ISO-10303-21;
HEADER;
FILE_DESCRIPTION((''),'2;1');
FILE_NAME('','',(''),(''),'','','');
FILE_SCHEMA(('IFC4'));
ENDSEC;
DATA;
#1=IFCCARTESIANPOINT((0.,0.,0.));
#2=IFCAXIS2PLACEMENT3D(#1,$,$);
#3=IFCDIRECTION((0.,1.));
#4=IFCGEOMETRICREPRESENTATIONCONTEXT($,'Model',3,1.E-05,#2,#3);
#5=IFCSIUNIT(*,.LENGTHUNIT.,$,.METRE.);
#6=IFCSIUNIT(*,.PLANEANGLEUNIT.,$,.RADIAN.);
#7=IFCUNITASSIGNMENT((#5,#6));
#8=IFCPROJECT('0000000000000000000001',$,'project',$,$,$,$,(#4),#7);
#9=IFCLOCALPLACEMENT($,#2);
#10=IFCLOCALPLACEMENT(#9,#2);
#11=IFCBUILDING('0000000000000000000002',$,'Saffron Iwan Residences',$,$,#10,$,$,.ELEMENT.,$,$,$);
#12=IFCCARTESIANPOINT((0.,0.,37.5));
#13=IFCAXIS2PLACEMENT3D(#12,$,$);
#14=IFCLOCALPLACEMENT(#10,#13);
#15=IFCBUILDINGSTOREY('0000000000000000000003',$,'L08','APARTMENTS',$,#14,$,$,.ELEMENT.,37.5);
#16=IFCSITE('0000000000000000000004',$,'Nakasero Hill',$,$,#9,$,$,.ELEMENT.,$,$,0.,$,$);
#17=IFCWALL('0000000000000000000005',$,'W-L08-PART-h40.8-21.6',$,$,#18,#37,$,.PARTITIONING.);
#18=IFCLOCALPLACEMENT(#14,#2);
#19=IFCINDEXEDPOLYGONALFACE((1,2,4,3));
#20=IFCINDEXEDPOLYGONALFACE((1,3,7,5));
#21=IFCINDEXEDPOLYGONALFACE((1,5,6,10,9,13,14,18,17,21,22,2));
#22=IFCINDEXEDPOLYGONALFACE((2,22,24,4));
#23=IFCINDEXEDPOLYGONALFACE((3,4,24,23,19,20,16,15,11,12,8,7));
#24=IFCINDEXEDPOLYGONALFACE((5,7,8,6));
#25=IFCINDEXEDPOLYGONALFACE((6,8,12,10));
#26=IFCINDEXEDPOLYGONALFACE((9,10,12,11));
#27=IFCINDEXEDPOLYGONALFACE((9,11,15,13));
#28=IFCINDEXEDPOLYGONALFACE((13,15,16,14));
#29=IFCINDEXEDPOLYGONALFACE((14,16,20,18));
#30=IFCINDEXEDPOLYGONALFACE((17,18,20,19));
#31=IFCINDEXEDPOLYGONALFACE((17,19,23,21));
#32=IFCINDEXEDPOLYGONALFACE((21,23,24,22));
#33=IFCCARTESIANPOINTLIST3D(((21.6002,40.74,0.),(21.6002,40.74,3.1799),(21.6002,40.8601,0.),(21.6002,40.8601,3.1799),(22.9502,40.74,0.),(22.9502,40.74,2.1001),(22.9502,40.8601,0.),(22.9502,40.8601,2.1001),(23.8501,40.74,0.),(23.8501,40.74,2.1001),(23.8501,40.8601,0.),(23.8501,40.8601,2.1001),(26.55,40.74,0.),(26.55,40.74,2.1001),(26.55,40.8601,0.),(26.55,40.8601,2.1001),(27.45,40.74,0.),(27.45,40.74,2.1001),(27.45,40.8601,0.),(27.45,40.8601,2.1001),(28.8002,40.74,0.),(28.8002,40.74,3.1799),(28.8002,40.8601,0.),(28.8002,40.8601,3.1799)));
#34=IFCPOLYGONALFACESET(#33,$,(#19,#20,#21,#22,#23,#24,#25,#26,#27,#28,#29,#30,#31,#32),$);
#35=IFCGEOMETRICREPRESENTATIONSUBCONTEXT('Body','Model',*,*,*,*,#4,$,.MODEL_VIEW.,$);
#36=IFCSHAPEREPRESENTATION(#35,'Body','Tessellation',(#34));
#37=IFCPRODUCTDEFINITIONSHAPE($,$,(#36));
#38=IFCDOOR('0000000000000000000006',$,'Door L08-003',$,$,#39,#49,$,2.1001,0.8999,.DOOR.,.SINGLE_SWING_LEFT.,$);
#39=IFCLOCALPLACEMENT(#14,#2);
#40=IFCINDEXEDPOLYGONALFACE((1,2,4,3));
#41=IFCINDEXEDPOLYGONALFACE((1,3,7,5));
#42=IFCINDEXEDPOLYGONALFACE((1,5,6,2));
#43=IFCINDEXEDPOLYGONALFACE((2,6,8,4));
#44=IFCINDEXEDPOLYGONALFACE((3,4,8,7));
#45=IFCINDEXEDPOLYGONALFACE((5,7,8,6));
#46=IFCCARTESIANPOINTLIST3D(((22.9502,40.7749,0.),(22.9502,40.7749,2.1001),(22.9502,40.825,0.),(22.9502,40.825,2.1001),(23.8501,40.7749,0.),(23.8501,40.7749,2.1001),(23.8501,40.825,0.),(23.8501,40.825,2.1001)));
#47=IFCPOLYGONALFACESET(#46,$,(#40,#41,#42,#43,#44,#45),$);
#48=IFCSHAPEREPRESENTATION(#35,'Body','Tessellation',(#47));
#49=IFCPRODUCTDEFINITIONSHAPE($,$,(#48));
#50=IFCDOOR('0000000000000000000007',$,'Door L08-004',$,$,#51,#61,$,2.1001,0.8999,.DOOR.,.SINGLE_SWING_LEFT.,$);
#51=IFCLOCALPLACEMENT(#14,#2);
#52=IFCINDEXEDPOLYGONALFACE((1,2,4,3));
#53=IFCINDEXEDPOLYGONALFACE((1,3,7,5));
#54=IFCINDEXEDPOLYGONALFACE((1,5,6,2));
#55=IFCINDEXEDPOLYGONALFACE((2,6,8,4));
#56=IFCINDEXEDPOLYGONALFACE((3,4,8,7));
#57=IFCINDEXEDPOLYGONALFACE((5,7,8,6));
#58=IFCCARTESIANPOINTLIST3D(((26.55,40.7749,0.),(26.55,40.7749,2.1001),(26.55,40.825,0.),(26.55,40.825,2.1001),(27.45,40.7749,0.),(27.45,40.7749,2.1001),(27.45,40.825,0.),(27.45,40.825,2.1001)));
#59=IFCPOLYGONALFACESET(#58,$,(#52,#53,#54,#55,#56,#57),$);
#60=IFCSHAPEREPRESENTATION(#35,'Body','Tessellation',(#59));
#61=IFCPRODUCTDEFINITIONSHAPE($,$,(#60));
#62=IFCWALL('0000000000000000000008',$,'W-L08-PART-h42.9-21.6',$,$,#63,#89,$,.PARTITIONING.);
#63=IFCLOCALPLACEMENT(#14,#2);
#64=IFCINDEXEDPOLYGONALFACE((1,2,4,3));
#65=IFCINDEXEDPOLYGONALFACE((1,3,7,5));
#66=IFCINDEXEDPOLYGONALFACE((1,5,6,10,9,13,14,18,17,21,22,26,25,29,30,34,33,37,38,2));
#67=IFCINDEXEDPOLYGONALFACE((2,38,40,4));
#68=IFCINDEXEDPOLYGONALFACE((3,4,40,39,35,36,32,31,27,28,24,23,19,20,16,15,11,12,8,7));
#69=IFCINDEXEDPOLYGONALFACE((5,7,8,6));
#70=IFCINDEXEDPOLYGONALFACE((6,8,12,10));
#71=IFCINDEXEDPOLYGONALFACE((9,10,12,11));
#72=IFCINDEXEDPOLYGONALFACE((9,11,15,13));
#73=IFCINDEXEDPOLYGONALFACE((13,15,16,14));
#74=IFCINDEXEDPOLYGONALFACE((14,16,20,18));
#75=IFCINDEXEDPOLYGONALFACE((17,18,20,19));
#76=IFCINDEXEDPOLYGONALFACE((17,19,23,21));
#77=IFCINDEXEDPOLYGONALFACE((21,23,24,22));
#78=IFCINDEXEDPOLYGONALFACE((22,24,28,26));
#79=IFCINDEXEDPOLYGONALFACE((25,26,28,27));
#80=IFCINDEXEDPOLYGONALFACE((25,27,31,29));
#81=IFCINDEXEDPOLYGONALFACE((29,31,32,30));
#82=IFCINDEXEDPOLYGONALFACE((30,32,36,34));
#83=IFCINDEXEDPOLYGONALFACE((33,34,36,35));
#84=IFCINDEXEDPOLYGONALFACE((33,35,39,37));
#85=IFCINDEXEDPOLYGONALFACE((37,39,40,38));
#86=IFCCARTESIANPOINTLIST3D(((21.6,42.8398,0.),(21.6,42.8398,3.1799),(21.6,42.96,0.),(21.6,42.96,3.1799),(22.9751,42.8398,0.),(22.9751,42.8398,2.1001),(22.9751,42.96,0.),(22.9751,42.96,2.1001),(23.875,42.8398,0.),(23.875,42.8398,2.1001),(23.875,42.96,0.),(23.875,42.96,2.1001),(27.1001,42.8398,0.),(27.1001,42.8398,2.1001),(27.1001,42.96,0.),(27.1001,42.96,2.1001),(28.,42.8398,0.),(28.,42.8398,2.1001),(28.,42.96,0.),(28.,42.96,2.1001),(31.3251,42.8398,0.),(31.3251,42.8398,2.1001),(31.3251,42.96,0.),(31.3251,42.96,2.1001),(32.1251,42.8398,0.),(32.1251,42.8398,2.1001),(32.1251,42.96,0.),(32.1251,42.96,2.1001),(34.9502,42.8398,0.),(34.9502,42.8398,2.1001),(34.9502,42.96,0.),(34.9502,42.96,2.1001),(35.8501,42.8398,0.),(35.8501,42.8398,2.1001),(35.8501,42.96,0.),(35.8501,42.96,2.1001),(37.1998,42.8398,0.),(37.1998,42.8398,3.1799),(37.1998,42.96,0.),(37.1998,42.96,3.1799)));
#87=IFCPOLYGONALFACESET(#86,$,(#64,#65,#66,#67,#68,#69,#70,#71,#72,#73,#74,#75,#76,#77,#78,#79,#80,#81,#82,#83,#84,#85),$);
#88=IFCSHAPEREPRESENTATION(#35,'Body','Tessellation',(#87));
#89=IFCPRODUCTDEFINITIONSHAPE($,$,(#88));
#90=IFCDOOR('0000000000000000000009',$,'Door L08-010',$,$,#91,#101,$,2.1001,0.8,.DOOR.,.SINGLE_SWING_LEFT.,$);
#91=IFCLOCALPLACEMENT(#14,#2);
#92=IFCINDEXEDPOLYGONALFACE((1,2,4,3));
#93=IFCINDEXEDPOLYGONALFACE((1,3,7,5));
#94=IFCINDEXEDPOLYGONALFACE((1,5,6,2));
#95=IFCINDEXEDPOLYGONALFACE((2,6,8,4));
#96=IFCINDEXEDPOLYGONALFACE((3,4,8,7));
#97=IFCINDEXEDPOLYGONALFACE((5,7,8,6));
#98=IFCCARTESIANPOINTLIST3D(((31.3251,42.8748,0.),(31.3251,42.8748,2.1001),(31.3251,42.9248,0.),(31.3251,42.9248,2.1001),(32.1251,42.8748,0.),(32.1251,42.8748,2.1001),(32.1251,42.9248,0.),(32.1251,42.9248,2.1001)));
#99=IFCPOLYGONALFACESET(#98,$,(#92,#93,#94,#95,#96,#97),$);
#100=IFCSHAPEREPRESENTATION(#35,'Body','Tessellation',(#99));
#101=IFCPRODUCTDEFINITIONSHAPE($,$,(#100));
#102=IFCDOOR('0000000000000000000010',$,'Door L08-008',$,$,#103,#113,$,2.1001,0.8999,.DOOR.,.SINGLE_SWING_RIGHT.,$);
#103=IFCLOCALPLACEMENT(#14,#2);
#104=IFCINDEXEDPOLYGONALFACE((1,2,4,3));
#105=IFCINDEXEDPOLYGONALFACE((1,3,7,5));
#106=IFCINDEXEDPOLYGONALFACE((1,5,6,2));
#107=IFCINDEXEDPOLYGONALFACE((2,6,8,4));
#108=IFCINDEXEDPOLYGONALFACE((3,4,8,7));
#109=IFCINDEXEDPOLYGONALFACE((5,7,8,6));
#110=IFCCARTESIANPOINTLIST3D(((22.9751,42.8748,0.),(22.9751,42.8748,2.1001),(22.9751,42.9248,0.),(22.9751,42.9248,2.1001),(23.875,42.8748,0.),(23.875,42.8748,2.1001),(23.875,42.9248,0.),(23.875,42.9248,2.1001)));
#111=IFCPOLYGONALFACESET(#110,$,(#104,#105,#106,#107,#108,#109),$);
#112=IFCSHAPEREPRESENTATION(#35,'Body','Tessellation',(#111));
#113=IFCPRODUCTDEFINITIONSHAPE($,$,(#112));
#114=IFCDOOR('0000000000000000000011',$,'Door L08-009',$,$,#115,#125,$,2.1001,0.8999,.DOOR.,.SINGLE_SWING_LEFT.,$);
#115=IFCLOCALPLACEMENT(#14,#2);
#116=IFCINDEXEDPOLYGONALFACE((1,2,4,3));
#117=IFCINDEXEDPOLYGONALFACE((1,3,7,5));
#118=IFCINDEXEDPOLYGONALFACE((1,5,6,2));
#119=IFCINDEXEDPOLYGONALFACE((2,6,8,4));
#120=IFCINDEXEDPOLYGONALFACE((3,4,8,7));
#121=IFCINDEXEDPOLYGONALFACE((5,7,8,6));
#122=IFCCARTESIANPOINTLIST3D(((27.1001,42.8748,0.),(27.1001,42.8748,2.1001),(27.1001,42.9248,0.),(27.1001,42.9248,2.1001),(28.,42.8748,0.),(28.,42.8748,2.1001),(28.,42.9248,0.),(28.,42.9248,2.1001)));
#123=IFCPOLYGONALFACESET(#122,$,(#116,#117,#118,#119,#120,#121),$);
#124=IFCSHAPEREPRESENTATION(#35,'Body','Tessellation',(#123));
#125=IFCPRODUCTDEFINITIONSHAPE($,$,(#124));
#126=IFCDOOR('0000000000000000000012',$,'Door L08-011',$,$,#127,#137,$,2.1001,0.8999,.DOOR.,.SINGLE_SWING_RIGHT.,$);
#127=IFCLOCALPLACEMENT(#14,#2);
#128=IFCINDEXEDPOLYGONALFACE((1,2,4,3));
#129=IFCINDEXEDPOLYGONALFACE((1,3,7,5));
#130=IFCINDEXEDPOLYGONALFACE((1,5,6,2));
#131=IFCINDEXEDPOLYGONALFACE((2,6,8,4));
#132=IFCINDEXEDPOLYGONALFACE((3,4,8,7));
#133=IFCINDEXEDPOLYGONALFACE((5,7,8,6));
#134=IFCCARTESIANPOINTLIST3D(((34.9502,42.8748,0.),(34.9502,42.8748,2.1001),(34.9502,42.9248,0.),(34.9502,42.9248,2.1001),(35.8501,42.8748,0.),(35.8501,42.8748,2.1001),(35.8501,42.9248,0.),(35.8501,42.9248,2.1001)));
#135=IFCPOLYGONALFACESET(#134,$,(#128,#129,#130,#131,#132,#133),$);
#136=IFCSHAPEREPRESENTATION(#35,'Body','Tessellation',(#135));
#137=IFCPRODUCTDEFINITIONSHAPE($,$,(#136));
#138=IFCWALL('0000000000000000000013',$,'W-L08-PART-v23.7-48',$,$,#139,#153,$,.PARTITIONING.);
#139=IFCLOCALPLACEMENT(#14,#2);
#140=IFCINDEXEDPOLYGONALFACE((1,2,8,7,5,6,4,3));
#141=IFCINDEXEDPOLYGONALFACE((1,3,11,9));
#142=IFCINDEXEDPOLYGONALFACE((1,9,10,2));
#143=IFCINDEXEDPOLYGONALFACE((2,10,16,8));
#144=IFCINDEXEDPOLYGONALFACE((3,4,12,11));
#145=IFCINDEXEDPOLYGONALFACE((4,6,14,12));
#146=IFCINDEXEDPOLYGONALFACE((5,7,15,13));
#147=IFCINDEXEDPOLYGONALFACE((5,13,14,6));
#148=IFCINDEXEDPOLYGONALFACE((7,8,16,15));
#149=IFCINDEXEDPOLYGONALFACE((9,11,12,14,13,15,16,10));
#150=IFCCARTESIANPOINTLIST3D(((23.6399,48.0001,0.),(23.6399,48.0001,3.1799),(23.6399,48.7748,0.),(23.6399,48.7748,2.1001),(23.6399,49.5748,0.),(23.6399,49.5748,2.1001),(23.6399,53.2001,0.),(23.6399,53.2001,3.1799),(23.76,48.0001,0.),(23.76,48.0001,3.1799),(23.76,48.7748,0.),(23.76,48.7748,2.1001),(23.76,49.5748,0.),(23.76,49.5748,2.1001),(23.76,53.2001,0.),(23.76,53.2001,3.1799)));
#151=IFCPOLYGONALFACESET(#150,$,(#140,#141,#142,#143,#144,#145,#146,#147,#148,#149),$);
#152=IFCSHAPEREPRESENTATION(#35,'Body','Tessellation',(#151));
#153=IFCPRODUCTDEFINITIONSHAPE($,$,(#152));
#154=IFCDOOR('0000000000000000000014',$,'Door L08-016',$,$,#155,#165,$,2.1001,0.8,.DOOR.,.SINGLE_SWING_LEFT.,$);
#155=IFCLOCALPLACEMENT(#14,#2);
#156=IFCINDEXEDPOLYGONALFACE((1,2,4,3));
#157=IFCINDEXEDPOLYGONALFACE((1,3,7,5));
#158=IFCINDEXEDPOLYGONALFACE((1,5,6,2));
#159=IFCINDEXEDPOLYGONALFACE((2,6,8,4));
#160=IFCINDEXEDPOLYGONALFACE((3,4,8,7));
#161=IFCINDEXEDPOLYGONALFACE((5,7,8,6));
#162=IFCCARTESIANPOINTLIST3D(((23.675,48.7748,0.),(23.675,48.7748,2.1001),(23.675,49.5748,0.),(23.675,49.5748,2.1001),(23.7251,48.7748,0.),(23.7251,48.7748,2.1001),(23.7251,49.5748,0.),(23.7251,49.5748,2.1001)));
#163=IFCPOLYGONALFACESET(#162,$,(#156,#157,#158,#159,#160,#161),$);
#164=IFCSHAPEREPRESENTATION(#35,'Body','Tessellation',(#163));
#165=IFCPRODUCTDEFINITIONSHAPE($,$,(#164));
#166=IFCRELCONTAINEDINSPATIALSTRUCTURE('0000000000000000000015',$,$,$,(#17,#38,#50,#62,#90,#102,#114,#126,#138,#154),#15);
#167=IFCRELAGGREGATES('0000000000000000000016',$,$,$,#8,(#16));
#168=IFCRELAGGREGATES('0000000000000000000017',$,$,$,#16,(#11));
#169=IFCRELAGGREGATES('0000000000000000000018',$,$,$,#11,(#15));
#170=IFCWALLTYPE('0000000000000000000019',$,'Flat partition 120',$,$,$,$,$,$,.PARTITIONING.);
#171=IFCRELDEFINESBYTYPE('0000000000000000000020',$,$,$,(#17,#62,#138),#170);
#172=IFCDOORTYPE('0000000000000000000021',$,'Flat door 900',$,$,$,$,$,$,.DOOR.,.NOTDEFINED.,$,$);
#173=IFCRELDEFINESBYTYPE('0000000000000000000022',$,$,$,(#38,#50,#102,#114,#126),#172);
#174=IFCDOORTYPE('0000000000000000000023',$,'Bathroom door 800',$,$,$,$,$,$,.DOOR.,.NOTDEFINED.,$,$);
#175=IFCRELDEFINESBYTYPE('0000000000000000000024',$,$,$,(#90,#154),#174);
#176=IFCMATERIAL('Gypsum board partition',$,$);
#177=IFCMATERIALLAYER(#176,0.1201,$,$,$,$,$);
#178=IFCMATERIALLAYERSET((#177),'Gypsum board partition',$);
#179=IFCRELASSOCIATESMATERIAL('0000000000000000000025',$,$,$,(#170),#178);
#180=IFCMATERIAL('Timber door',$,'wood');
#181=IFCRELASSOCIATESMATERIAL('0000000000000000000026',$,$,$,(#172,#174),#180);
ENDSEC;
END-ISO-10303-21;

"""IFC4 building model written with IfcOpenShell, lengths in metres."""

from ifc_helpers import new_model, si_unit, direction, frame, frame_2d, origin, place, context, subcontext, project, spatial, rectangle, extrude, material, layer, layer_set, type_object, element, fill, save


model = new_model("IFC4")

# Units and contexts
model_context = context("Model", 3, precision=1e-05, world=origin(), true_north=direction((0.0, 1.0)))
body_context = subcontext(model_context, "Body", "Model", "MODEL_VIEW")
ifc_project = project(units=[si_unit("LENGTHUNIT", "METRE"), si_unit("PLANEANGLEUNIT", "RADIAN")], contexts=[model_context])

# Site, building, storey
site_placement = place(None, origin())
site = spatial("IfcSite", under=ifc_project, at=site_placement, Name="Nakasero Hill", CompositionType="ELEMENT", RefElevation=0.0)
building_placement = place(site_placement, origin())
building = spatial("IfcBuilding", under=site, at=building_placement, Name="Saffron Iwan Residences", CompositionType="ELEMENT")
storey_placement = place(building_placement, frame((0.0, 0.0, 37.5)))
storey = spatial("IfcBuildingStorey", under=building, at=storey_placement, Name="L08", Description="APARTMENTS", CompositionType="ELEMENT", Elevation=37.5)

# Walls, openings, doors
ifc_material_1 = material(Name="Gypsum board partition")
ifc_layer_1 = layer(ifc_material_1, 0.1201)
ifc_layer_set_1 = layer_set([ifc_layer_1], Name="Gypsum board partition")
wall_type_1 = type_object("IfcWallType", Name="Flat partition 120", PredefinedType="PARTITIONING", material=ifc_layer_set_1)
wall_1_placement = place(storey_placement, frame((21.6001, 40.8, 0.0), z_axis=(0.0, 0.0, 1.0), x_axis=(1.0, 0.0, 0.0)))
wall_1 = element("IfcWall", 1, at=wall_1_placement, inside=storey, type_object=wall_type_1, Name="W-L08-PART-h40.8-21.6", PredefinedType="PARTITIONING", context=body_context, shape_type="SweptSolid", body=[
    extrude(rectangle(XDim=7.2, YDim=0.1201, at=frame_2d((3.6001, 0.0))), origin(), (0.0, 0.0, 1.0), 3.1799),
])
opening_1_placement = place(wall_1_placement, frame((1.3501, 0.0, 0.0)))
opening_1 = element("IfcOpeningElement", 2, at=opening_1_placement, cuts=wall_1, PredefinedType="OPENING", context=body_context, shape_type="SweptSolid", body=[
    extrude(rectangle(XDim=0.8999, YDim=2.1001, at=frame_2d((0.45, 1.05))), frame((0.0, 0.0701, 0.0), z_axis=(0.0, -1.0, 0.0), x_axis=(1.0, 0.0, 0.0)), (0.0, 0.0, 1.0), 0.1401),
])
opening_2_placement = place(wall_1_placement, frame((4.95, 0.0, 0.0)))
opening_2 = element("IfcOpeningElement", 3, at=opening_2_placement, cuts=wall_1, PredefinedType="OPENING", context=body_context, shape_type="SweptSolid", body=[
    extrude(rectangle(XDim=0.8999, YDim=2.1001, at=frame_2d((0.45, 1.05))), frame((0.0, 0.0701, 0.0), z_axis=(0.0, -1.0, 0.0), x_axis=(1.0, 0.0, 0.0)), (0.0, 0.0, 1.0), 0.1401),
])
ifc_material_2 = material(Name="Timber door", Category="wood")
door_type_1 = type_object("IfcDoorType", Name="Flat door 900", OperationType="NOTDEFINED", PredefinedType="DOOR", material=ifc_material_2)
door_1_placement = place(opening_1_placement, origin())
door_1 = element("IfcDoor", 4, at=door_1_placement, inside=storey, type_object=door_type_1, Name="Door L08-003", OperationType="SINGLE_SWING_LEFT", OverallHeight=2.1001, OverallWidth=0.8999, PredefinedType="DOOR", context=body_context, shape_type="SweptSolid", body=[
    extrude(rectangle(XDim=0.8999, YDim=2.1001, at=frame_2d((0.45, 1.05))), frame((0.0, 0.0249, 0.0), z_axis=(0.0, -1.0, 0.0), x_axis=(1.0, 0.0, 0.0)), (0.0, 0.0, 1.0), 0.05),
])
fill(opening_1, door_1)
door_2_placement = place(opening_2_placement, origin())
door_2 = element("IfcDoor", 5, at=door_2_placement, inside=storey, type_object=door_type_1, Name="Door L08-004", OperationType="SINGLE_SWING_LEFT", OverallHeight=2.1001, OverallWidth=0.8999, PredefinedType="DOOR", context=body_context, shape_type="SweptSolid", body=[
    extrude(rectangle(XDim=0.8999, YDim=2.1001, at=frame_2d((0.45, 1.05))), frame((0.0, 0.0249, 0.0), z_axis=(0.0, -1.0, 0.0), x_axis=(1.0, 0.0, 0.0)), (0.0, 0.0, 1.0), 0.05),
])
fill(opening_2, door_2)
wall_2_placement = place(storey_placement, frame((21.6001, 42.8999, 0.0), z_axis=(0.0, 0.0, 1.0), x_axis=(1.0, 0.0, 0.0)))
wall_2 = element("IfcWall", 6, at=wall_2_placement, inside=storey, type_object=wall_type_1, Name="W-L08-PART-h42.9-21.6", PredefinedType="PARTITIONING", context=body_context, shape_type="SweptSolid", body=[
    extrude(rectangle(XDim=15.5999, YDim=0.1201, at=frame_2d((7.7998, 0.0))), origin(), (0.0, 0.0, 1.0), 3.1799),
])
opening_3_placement = place(wall_2_placement, frame((1.375, 0.0, 0.0)))
opening_3 = element("IfcOpeningElement", 7, at=opening_3_placement, cuts=wall_2, PredefinedType="OPENING", context=body_context, shape_type="SweptSolid", body=[
    extrude(rectangle(XDim=0.8999, YDim=2.1001, at=frame_2d((0.45, 1.05))), frame((0.0, 0.0701, 0.0), z_axis=(0.0, -1.0, 0.0), x_axis=(1.0, 0.0, 0.0)), (0.0, 0.0, 1.0), 0.1401),
])
opening_4_placement = place(wall_2_placement, frame((5.5, 0.0, 0.0)))
opening_4 = element("IfcOpeningElement", 8, at=opening_4_placement, cuts=wall_2, PredefinedType="OPENING", context=body_context, shape_type="SweptSolid", body=[
    extrude(rectangle(XDim=0.8999, YDim=2.1001, at=frame_2d((0.45, 1.05))), frame((0.0, 0.0701, 0.0), z_axis=(0.0, -1.0, 0.0), x_axis=(1.0, 0.0, 0.0)), (0.0, 0.0, 1.0), 0.1401),
])
opening_5_placement = place(wall_2_placement, frame((9.7251, 0.0, 0.0)))
opening_5 = element("IfcOpeningElement", 9, at=opening_5_placement, cuts=wall_2, PredefinedType="OPENING", context=body_context, shape_type="SweptSolid", body=[
    extrude(rectangle(XDim=0.8, YDim=2.1001, at=frame_2d((0.3999, 1.05))), frame((0.0, 0.0701, 0.0), z_axis=(0.0, -1.0, 0.0), x_axis=(1.0, 0.0, 0.0)), (0.0, 0.0, 1.0), 0.1401),
])
opening_6_placement = place(wall_2_placement, frame((13.3501, 0.0, 0.0)))
opening_6 = element("IfcOpeningElement", 10, at=opening_6_placement, cuts=wall_2, PredefinedType="OPENING", context=body_context, shape_type="SweptSolid", body=[
    extrude(rectangle(XDim=0.8999, YDim=2.1001, at=frame_2d((0.45, 1.05))), frame((0.0, 0.0701, 0.0), z_axis=(0.0, -1.0, 0.0), x_axis=(1.0, 0.0, 0.0)), (0.0, 0.0, 1.0), 0.1401),
])
door_type_2 = type_object("IfcDoorType", Name="Bathroom door 800", OperationType="NOTDEFINED", PredefinedType="DOOR", material=ifc_material_2)
door_3_placement = place(opening_5_placement, origin())
door_3 = element("IfcDoor", 11, at=door_3_placement, inside=storey, type_object=door_type_2, Name="Door L08-010", OperationType="SINGLE_SWING_LEFT", OverallHeight=2.1001, OverallWidth=0.8, PredefinedType="DOOR", context=body_context, shape_type="SweptSolid", body=[
    extrude(rectangle(XDim=0.8, YDim=2.1001, at=frame_2d((0.3999, 1.05))), frame((0.0, 0.0249, 0.0), z_axis=(0.0, -1.0, 0.0), x_axis=(1.0, 0.0, 0.0)), (0.0, 0.0, 1.0), 0.05),
])
fill(opening_5, door_3)
door_4_placement = place(opening_3_placement, origin())
door_4 = element("IfcDoor", 12, at=door_4_placement, inside=storey, type_object=door_type_1, Name="Door L08-008", OperationType="SINGLE_SWING_RIGHT", OverallHeight=2.1001, OverallWidth=0.8999, PredefinedType="DOOR", context=body_context, shape_type="SweptSolid", body=[
    extrude(rectangle(XDim=0.8999, YDim=2.1001, at=frame_2d((0.45, 1.05))), frame((0.0, 0.0249, 0.0), z_axis=(0.0, -1.0, 0.0), x_axis=(1.0, 0.0, 0.0)), (0.0, 0.0, 1.0), 0.05),
])
fill(opening_3, door_4)
door_5_placement = place(opening_4_placement, origin())
door_5 = element("IfcDoor", 13, at=door_5_placement, inside=storey, type_object=door_type_1, Name="Door L08-009", OperationType="SINGLE_SWING_LEFT", OverallHeight=2.1001, OverallWidth=0.8999, PredefinedType="DOOR", context=body_context, shape_type="SweptSolid", body=[
    extrude(rectangle(XDim=0.8999, YDim=2.1001, at=frame_2d((0.45, 1.05))), frame((0.0, 0.0249, 0.0), z_axis=(0.0, -1.0, 0.0), x_axis=(1.0, 0.0, 0.0)), (0.0, 0.0, 1.0), 0.05),
])
fill(opening_4, door_5)
door_6_placement = place(opening_6_placement, origin())
door_6 = element("IfcDoor", 14, at=door_6_placement, inside=storey, type_object=door_type_1, Name="Door L08-011", OperationType="SINGLE_SWING_RIGHT", OverallHeight=2.1001, OverallWidth=0.8999, PredefinedType="DOOR", context=body_context, shape_type="SweptSolid", body=[
    extrude(rectangle(XDim=0.8999, YDim=2.1001, at=frame_2d((0.45, 1.05))), frame((0.0, 0.0249, 0.0), z_axis=(0.0, -1.0, 0.0), x_axis=(1.0, 0.0, 0.0)), (0.0, 0.0, 1.0), 0.05),
])
fill(opening_6, door_6)

# Wall, opening, door
wall_3_placement = place(storey_placement, frame((23.7, 48.0, 0.0), z_axis=(0.0, 0.0, 1.0), x_axis=(0.0, 1.0, 0.0)))
wall_3 = element("IfcWall", 15, at=wall_3_placement, inside=storey, type_object=wall_type_1, Name="W-L08-PART-v23.7-48", PredefinedType="PARTITIONING", context=body_context, shape_type="SweptSolid", body=[
    extrude(rectangle(XDim=5.2, YDim=0.1201, at=frame_2d((2.6001, 0.0))), origin(), (0.0, 0.0, 1.0), 3.1799),
])
opening_7_placement = place(wall_3_placement, frame((0.7749, 0.0, 0.0)))
opening_7 = element("IfcOpeningElement", 16, at=opening_7_placement, cuts=wall_3, PredefinedType="OPENING", context=body_context, shape_type="SweptSolid", body=[
    extrude(rectangle(XDim=0.8, YDim=2.1001, at=frame_2d((0.3999, 1.05))), frame((0.0, 0.0701, 0.0), z_axis=(0.0, -1.0, 0.0), x_axis=(1.0, 0.0, 0.0)), (0.0, 0.0, 1.0), 0.1401),
])
door_7_placement = place(opening_7_placement, origin())
door_7 = element("IfcDoor", 17, at=door_7_placement, inside=storey, type_object=door_type_2, Name="Door L08-016", OperationType="SINGLE_SWING_LEFT", OverallHeight=2.1001, OverallWidth=0.8, PredefinedType="DOOR", context=body_context, shape_type="SweptSolid", body=[
    extrude(rectangle(XDim=0.8, YDim=2.1001, at=frame_2d((0.3999, 1.05))), frame((0.0, 0.0249, 0.0), z_axis=(0.0, -1.0, 0.0), x_axis=(1.0, 0.0, 0.0)), (0.0, 0.0, 1.0), 0.05),
])
fill(opening_7, door_7)

save(model, "model.ifc")
